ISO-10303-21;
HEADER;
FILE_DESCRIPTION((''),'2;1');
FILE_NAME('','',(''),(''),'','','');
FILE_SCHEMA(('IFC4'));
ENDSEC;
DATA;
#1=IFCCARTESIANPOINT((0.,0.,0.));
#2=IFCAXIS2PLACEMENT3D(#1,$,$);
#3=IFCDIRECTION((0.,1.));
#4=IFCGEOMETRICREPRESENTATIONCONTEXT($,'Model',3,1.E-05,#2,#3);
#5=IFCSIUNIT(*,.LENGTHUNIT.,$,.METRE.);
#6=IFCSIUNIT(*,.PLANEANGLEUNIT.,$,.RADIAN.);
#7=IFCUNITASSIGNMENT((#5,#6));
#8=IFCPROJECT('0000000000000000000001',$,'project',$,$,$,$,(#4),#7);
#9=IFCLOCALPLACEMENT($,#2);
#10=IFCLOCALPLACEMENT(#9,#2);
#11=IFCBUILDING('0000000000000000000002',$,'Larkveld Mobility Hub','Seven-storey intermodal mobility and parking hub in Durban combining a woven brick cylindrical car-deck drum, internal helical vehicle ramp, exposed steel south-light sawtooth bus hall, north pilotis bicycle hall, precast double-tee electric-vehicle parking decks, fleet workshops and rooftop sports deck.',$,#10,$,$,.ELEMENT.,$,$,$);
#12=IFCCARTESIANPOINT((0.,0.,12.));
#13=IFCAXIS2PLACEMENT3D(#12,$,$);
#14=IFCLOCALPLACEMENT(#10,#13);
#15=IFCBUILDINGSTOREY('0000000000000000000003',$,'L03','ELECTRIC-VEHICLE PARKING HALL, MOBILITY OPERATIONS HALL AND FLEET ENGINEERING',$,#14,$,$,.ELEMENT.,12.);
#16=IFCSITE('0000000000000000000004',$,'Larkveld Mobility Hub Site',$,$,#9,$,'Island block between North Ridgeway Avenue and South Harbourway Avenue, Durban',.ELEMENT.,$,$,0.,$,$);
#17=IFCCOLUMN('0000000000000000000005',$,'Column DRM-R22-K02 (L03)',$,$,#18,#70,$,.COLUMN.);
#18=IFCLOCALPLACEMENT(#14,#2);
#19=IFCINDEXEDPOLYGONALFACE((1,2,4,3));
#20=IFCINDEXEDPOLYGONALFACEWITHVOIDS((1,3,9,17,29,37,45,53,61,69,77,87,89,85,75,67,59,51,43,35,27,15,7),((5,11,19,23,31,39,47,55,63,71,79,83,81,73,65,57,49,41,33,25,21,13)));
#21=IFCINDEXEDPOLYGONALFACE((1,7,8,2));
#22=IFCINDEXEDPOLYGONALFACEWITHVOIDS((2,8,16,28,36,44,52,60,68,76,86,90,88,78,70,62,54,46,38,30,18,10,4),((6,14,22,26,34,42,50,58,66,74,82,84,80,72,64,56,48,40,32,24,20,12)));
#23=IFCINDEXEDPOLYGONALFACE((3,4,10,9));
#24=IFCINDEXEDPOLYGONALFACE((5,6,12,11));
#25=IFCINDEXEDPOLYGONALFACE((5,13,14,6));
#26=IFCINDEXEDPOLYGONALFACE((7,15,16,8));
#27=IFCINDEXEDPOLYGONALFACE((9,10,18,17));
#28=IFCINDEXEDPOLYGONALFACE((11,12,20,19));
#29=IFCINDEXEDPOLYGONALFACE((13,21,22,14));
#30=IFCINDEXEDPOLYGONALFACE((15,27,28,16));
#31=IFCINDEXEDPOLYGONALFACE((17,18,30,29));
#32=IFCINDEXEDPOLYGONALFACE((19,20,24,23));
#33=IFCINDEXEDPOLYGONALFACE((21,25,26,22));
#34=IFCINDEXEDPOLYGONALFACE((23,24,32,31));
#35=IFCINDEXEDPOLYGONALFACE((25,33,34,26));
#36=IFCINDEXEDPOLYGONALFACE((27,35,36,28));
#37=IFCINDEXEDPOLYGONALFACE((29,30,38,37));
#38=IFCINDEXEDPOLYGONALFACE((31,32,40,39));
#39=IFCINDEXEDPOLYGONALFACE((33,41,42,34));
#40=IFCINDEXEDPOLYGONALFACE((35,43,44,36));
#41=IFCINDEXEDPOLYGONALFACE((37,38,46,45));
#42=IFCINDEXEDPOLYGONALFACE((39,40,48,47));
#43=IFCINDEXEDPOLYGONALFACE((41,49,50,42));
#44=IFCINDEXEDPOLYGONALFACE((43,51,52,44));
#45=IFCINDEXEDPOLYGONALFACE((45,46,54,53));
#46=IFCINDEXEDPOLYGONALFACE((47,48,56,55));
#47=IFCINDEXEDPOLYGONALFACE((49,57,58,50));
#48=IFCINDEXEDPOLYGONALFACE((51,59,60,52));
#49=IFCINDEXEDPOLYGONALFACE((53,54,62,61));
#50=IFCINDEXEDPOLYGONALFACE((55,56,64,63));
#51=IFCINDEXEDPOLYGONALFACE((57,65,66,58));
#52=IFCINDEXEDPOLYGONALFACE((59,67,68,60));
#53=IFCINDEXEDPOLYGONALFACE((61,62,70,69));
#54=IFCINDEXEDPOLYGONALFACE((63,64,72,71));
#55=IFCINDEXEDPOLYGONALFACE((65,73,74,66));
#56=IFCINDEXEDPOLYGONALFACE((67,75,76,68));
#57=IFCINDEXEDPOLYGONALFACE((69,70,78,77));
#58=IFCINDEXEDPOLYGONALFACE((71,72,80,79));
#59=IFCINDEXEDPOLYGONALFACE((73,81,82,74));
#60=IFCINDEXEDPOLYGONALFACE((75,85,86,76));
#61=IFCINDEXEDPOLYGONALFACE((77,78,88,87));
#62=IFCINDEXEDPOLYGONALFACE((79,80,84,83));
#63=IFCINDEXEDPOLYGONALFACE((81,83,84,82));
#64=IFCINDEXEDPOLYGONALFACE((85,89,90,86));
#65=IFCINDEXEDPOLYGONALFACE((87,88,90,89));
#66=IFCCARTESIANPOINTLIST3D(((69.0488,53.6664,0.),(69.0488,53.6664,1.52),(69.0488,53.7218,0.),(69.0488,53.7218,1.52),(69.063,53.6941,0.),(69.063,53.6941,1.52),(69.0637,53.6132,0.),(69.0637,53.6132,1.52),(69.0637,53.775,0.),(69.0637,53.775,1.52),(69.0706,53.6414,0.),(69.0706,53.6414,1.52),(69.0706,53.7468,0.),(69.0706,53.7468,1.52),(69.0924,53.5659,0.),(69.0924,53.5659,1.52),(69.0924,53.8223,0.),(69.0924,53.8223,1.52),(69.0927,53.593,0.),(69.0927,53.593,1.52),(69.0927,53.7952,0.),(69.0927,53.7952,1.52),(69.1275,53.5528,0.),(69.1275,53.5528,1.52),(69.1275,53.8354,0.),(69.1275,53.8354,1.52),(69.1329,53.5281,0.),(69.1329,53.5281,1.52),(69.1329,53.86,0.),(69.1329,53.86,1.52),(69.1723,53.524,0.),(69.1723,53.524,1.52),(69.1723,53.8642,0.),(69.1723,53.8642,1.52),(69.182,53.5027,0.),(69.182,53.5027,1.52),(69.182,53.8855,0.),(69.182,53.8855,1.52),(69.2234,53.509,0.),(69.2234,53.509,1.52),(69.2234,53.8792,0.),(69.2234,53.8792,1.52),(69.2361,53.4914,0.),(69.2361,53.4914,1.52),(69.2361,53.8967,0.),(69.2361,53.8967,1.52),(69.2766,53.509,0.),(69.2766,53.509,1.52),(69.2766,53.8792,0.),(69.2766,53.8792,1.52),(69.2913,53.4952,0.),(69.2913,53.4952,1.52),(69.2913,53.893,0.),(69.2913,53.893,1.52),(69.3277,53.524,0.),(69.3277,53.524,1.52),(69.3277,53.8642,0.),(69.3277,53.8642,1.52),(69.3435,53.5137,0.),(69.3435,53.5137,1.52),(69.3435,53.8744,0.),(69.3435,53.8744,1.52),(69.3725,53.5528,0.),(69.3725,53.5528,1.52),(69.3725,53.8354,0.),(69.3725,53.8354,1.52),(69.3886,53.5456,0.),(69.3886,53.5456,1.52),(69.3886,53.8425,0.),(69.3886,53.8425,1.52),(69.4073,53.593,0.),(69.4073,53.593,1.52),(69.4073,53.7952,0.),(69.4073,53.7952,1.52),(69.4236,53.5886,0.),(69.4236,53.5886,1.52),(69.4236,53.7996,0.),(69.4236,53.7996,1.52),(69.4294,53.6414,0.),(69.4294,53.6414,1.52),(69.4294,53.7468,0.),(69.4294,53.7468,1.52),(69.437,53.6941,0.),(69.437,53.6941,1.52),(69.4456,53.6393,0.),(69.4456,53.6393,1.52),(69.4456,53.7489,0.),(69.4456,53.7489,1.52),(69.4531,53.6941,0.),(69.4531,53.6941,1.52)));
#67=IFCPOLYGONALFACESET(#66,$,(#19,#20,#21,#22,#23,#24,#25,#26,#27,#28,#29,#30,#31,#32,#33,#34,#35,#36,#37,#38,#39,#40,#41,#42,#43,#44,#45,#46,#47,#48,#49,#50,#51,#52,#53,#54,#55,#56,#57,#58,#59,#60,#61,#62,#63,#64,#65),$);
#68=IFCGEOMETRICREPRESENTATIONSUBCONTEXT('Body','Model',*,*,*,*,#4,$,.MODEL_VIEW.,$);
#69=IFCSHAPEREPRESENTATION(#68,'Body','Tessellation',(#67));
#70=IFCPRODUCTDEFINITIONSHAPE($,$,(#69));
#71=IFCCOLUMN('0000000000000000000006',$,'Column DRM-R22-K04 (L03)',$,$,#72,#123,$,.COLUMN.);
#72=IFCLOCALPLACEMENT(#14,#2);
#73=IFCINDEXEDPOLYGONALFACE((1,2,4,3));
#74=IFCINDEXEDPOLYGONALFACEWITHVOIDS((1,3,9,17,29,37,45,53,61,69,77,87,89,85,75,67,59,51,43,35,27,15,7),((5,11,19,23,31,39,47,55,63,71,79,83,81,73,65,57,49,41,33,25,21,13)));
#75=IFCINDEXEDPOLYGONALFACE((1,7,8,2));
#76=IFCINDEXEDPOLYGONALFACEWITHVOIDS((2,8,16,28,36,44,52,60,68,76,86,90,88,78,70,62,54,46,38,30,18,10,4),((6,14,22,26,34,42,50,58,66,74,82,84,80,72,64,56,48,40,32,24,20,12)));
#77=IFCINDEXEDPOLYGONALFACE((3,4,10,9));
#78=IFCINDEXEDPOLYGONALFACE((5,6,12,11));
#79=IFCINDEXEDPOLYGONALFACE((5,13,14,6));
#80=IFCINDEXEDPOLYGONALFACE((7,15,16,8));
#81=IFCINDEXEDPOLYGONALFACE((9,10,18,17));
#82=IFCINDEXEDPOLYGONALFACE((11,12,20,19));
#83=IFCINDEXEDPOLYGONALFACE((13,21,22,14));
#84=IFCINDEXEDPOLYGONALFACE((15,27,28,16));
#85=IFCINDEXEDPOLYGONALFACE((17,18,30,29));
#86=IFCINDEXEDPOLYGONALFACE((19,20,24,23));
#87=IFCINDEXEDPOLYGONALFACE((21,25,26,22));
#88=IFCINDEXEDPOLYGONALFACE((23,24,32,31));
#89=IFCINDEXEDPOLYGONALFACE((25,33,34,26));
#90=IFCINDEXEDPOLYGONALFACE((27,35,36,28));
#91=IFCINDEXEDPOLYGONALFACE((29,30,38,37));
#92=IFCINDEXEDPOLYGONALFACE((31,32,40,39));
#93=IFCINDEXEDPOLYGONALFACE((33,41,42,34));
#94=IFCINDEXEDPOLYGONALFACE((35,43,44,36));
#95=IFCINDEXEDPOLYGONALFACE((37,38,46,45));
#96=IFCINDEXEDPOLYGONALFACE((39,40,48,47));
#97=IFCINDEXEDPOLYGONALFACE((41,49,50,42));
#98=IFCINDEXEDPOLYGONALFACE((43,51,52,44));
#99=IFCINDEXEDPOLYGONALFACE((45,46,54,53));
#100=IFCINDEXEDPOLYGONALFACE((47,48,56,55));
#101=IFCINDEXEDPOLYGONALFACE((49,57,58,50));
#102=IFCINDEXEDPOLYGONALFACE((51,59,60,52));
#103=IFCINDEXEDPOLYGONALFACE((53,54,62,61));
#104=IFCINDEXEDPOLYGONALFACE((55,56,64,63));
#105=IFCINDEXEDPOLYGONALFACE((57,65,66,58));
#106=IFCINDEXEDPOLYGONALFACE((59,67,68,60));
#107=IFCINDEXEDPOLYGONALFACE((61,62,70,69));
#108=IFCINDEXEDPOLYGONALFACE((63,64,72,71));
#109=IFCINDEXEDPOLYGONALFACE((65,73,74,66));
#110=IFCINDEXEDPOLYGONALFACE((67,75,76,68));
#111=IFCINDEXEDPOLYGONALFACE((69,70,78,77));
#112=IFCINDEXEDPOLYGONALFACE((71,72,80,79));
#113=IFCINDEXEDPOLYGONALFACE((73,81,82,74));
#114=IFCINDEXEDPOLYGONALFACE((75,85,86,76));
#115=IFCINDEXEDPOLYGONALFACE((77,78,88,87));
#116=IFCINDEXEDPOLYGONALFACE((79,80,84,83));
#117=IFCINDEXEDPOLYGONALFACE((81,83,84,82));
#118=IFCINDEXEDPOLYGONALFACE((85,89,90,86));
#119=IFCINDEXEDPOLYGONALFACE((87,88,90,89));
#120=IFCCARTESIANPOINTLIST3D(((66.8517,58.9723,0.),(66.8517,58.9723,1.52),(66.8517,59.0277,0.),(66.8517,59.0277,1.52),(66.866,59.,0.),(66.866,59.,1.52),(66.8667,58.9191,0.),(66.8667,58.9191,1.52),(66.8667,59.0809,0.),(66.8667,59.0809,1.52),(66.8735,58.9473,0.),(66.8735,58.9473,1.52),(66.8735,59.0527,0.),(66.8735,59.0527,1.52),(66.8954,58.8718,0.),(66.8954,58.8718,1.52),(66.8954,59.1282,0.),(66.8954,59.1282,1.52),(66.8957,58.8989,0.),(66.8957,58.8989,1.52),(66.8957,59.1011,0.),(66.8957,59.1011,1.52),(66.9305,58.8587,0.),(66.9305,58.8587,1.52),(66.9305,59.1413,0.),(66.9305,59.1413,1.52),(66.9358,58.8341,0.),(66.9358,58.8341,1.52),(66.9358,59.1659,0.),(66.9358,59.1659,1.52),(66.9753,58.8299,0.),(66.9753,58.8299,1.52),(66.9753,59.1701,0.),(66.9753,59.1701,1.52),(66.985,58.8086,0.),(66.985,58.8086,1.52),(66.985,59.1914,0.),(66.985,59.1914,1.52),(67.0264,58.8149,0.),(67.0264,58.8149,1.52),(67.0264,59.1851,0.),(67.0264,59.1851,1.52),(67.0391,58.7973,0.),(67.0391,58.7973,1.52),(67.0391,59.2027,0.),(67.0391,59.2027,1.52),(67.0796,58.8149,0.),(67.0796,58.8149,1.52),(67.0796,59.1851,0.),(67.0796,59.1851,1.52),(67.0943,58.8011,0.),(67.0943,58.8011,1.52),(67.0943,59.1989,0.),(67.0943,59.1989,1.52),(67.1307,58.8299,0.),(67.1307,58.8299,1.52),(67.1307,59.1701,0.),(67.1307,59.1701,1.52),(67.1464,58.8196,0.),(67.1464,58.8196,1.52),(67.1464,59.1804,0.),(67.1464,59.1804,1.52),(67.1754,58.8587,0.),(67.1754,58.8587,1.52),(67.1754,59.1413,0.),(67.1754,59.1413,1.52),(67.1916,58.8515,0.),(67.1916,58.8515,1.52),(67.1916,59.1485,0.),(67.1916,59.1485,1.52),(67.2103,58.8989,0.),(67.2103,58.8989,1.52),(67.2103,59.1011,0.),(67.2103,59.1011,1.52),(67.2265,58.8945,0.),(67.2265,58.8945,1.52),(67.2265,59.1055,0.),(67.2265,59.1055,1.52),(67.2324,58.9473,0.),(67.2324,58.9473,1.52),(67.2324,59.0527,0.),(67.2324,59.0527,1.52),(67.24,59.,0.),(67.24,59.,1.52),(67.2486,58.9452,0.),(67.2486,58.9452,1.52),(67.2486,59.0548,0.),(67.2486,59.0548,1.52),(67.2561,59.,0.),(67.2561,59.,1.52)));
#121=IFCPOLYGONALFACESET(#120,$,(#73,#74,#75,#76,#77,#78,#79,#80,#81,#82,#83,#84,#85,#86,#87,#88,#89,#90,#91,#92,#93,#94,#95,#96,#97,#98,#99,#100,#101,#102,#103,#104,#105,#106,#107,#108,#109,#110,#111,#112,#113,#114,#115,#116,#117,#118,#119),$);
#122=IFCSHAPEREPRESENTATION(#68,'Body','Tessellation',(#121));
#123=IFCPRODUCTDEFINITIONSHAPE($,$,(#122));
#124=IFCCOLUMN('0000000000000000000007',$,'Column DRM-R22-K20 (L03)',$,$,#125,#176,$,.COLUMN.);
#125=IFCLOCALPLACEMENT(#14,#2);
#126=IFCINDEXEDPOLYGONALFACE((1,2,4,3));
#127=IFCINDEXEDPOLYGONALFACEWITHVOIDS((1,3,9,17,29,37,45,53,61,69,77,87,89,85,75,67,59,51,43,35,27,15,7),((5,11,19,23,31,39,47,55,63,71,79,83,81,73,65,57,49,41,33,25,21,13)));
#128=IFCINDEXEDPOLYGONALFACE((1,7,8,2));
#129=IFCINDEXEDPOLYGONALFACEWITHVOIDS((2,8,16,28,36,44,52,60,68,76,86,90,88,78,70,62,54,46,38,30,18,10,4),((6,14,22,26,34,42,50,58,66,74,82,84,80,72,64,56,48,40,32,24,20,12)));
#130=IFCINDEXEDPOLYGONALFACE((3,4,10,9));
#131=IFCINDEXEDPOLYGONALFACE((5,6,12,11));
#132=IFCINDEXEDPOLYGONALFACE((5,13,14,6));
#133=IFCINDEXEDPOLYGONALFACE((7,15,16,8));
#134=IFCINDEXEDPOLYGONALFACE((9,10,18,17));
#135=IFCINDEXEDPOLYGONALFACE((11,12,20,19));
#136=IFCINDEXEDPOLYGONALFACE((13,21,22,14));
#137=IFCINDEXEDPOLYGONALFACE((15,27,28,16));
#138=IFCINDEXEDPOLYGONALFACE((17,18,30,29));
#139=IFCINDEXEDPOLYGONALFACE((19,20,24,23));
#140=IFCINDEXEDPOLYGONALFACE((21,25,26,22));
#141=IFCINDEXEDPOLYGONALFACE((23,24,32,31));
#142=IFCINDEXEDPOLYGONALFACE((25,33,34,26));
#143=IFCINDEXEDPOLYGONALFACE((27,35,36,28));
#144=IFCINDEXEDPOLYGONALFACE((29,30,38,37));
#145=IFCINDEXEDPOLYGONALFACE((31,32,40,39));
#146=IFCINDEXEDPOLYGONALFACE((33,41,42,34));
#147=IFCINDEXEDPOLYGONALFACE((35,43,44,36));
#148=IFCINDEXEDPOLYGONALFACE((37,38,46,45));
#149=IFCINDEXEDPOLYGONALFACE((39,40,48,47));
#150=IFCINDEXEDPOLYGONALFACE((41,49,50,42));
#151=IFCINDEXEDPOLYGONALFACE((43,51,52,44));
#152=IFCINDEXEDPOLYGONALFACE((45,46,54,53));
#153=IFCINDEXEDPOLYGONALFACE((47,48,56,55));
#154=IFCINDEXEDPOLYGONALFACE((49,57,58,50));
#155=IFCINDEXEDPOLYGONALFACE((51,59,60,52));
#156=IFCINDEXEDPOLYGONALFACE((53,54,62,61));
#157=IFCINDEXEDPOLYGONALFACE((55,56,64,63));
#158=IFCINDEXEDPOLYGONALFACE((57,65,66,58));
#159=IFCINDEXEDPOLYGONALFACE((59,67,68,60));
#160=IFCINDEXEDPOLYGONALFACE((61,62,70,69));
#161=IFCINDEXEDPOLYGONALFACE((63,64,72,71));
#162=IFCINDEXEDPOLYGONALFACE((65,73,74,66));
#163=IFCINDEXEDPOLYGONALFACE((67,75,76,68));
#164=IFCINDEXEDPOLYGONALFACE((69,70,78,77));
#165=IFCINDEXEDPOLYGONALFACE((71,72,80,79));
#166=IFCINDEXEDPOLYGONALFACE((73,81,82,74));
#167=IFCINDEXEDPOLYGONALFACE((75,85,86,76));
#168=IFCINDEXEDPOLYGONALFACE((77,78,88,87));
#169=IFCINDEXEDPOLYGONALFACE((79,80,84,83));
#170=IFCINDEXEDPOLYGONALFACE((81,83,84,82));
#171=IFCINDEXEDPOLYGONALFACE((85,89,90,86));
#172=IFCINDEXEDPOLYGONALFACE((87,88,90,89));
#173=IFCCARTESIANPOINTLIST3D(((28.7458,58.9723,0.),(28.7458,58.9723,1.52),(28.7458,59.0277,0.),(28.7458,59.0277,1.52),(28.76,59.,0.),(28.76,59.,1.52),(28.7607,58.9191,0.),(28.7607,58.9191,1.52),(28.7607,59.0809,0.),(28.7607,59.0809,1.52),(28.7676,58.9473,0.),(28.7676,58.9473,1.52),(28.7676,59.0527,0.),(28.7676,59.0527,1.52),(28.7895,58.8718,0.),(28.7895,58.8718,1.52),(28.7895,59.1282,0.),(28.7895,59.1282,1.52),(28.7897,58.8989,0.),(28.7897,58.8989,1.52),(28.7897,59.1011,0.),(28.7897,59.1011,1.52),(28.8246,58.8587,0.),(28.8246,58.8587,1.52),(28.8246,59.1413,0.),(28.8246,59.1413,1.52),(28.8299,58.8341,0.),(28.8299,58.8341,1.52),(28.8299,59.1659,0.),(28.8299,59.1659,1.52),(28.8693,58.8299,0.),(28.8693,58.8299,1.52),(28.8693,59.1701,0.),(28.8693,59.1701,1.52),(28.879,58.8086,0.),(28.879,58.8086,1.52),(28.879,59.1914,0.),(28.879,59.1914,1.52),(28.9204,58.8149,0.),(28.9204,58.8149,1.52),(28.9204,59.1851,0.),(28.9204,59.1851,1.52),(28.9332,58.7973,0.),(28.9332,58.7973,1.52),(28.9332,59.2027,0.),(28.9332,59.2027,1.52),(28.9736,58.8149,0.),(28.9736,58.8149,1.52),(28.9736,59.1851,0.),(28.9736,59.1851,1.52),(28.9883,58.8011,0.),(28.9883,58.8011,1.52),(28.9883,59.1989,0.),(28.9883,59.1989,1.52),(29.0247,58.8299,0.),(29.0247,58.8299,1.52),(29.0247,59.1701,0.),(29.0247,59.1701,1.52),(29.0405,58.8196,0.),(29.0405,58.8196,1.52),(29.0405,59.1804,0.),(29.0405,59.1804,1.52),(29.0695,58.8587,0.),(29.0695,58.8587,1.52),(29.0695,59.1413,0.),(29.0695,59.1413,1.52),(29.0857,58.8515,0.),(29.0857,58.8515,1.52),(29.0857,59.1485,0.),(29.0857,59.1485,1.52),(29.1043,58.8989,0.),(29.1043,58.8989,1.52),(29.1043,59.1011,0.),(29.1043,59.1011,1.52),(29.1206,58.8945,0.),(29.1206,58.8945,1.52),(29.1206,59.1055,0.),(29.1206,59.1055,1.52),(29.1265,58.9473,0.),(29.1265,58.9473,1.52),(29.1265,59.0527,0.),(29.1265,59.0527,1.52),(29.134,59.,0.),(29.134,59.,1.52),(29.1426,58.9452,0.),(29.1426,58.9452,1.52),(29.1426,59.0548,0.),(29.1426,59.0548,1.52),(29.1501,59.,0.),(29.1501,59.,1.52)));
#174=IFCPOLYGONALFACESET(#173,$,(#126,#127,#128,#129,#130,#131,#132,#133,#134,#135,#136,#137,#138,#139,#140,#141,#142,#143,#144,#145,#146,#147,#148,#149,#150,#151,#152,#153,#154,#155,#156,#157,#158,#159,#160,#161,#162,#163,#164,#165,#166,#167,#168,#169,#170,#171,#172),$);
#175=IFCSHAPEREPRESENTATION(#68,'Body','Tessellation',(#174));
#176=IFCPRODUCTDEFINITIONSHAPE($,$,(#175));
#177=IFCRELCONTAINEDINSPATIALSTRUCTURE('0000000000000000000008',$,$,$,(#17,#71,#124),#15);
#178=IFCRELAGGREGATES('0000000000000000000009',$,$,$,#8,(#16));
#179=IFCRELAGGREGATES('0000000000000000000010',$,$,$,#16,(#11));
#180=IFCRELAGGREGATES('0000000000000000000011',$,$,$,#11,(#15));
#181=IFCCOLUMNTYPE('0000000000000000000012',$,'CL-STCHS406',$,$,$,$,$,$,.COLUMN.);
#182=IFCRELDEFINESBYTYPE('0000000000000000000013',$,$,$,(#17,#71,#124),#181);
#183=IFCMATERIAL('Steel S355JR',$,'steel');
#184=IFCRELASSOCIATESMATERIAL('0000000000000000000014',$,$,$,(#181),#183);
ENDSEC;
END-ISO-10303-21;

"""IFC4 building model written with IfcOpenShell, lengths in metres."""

from ifc_helpers import new_model, si_unit, direction, frame, origin, origin_2d, place, context, subcontext, project, spatial, hollow_circle, extrude, material, material_profile, profile_set, type_object, element, save


model = new_model("IFC4")

# Units and contexts
model_context = context("Model", 3, precision=1e-05, world=origin(), true_north=direction((0.0, 1.0)))
body_context = subcontext(model_context, "Body", "Model", "MODEL_VIEW")
ifc_project = project(units=[si_unit("LENGTHUNIT", "METRE"), si_unit("PLANEANGLEUNIT", "RADIAN")], contexts=[model_context])

# Site, building, storey
site_placement = place(None, origin())
site = spatial("IfcSite", under=ifc_project, at=site_placement, Name="Larkveld Mobility Hub Site", LongName="Island block between North Ridgeway Avenue and South Harbourway Avenue, Durban", CompositionType="ELEMENT", RefElevation=0.0)
building_placement = place(site_placement, origin())
building = spatial("IfcBuilding", under=site, at=building_placement, Name="Larkveld Mobility Hub", Description="Seven-storey intermodal mobility and parking hub in Durban combining a woven brick cylindrical car-deck drum, internal helical vehicle ramp, exposed steel south-light sawtooth bus hall, north pilotis bicycle hall, precast double-tee electric-vehicle parking decks, fleet workshops and rooftop sports deck.", CompositionType="ELEMENT")
storey_placement = place(building_placement, frame((0.0, 0.0, 12.0)))
storey = spatial("IfcBuildingStorey", under=building, at=storey_placement, Name="L03", Description="ELECTRIC-VEHICLE PARKING HALL, MOBILITY OPERATIONS HALL AND FLEET ENGINEERING", CompositionType="ELEMENT", Elevation=12.0)

# Columns
ifc_material_1 = material(Name="Steel S355JR", Category="steel")
ifc_material_profile_1 = material_profile(ifc_material_1, hollow_circle(Radius=0.2031, WallThickness=0.0161, at=origin_2d()), Name="CHS 406.4x16")
ifc_profile_set_1 = profile_set([ifc_material_profile_1], Name="Steel S355JR")
column_type = type_object("IfcColumnType", Name="CL-STCHS406", PredefinedType="COLUMN", material=ifc_profile_set_1)
for number, where, z_axis, x_axis, name in (
    (1, (69.25, 53.6941, 0.0), (0.0, 0.0, 1.0), (1.0, 0.0, 0.0), "Column DRM-R22-K02 (L03)"),
    (2, (67.053, 59.0, 0.0), (0.0, 0.0, 1.0), (1.0, 0.0, 0.0), "Column DRM-R22-K04 (L03)"),
    (3, (28.947, 59.0, 0.0), (0.0, 0.0, 1.0), (1.0, 0.0, 0.0), "Column DRM-R22-K20 (L03)"),
):
    element("IfcColumn", number, at=place(storey_placement, frame(where, z_axis=z_axis, x_axis=x_axis)), inside=storey, type_object=column_type, Name=name, PredefinedType="COLUMN", context=body_context, shape_type="SweptSolid", body=[
        extrude(hollow_circle(Radius=0.2031, WallThickness=0.0161, at=origin_2d()), origin(), (0.0, 0.0, 1.0), 1.52),
    ])

save(model, "model.ifc")
